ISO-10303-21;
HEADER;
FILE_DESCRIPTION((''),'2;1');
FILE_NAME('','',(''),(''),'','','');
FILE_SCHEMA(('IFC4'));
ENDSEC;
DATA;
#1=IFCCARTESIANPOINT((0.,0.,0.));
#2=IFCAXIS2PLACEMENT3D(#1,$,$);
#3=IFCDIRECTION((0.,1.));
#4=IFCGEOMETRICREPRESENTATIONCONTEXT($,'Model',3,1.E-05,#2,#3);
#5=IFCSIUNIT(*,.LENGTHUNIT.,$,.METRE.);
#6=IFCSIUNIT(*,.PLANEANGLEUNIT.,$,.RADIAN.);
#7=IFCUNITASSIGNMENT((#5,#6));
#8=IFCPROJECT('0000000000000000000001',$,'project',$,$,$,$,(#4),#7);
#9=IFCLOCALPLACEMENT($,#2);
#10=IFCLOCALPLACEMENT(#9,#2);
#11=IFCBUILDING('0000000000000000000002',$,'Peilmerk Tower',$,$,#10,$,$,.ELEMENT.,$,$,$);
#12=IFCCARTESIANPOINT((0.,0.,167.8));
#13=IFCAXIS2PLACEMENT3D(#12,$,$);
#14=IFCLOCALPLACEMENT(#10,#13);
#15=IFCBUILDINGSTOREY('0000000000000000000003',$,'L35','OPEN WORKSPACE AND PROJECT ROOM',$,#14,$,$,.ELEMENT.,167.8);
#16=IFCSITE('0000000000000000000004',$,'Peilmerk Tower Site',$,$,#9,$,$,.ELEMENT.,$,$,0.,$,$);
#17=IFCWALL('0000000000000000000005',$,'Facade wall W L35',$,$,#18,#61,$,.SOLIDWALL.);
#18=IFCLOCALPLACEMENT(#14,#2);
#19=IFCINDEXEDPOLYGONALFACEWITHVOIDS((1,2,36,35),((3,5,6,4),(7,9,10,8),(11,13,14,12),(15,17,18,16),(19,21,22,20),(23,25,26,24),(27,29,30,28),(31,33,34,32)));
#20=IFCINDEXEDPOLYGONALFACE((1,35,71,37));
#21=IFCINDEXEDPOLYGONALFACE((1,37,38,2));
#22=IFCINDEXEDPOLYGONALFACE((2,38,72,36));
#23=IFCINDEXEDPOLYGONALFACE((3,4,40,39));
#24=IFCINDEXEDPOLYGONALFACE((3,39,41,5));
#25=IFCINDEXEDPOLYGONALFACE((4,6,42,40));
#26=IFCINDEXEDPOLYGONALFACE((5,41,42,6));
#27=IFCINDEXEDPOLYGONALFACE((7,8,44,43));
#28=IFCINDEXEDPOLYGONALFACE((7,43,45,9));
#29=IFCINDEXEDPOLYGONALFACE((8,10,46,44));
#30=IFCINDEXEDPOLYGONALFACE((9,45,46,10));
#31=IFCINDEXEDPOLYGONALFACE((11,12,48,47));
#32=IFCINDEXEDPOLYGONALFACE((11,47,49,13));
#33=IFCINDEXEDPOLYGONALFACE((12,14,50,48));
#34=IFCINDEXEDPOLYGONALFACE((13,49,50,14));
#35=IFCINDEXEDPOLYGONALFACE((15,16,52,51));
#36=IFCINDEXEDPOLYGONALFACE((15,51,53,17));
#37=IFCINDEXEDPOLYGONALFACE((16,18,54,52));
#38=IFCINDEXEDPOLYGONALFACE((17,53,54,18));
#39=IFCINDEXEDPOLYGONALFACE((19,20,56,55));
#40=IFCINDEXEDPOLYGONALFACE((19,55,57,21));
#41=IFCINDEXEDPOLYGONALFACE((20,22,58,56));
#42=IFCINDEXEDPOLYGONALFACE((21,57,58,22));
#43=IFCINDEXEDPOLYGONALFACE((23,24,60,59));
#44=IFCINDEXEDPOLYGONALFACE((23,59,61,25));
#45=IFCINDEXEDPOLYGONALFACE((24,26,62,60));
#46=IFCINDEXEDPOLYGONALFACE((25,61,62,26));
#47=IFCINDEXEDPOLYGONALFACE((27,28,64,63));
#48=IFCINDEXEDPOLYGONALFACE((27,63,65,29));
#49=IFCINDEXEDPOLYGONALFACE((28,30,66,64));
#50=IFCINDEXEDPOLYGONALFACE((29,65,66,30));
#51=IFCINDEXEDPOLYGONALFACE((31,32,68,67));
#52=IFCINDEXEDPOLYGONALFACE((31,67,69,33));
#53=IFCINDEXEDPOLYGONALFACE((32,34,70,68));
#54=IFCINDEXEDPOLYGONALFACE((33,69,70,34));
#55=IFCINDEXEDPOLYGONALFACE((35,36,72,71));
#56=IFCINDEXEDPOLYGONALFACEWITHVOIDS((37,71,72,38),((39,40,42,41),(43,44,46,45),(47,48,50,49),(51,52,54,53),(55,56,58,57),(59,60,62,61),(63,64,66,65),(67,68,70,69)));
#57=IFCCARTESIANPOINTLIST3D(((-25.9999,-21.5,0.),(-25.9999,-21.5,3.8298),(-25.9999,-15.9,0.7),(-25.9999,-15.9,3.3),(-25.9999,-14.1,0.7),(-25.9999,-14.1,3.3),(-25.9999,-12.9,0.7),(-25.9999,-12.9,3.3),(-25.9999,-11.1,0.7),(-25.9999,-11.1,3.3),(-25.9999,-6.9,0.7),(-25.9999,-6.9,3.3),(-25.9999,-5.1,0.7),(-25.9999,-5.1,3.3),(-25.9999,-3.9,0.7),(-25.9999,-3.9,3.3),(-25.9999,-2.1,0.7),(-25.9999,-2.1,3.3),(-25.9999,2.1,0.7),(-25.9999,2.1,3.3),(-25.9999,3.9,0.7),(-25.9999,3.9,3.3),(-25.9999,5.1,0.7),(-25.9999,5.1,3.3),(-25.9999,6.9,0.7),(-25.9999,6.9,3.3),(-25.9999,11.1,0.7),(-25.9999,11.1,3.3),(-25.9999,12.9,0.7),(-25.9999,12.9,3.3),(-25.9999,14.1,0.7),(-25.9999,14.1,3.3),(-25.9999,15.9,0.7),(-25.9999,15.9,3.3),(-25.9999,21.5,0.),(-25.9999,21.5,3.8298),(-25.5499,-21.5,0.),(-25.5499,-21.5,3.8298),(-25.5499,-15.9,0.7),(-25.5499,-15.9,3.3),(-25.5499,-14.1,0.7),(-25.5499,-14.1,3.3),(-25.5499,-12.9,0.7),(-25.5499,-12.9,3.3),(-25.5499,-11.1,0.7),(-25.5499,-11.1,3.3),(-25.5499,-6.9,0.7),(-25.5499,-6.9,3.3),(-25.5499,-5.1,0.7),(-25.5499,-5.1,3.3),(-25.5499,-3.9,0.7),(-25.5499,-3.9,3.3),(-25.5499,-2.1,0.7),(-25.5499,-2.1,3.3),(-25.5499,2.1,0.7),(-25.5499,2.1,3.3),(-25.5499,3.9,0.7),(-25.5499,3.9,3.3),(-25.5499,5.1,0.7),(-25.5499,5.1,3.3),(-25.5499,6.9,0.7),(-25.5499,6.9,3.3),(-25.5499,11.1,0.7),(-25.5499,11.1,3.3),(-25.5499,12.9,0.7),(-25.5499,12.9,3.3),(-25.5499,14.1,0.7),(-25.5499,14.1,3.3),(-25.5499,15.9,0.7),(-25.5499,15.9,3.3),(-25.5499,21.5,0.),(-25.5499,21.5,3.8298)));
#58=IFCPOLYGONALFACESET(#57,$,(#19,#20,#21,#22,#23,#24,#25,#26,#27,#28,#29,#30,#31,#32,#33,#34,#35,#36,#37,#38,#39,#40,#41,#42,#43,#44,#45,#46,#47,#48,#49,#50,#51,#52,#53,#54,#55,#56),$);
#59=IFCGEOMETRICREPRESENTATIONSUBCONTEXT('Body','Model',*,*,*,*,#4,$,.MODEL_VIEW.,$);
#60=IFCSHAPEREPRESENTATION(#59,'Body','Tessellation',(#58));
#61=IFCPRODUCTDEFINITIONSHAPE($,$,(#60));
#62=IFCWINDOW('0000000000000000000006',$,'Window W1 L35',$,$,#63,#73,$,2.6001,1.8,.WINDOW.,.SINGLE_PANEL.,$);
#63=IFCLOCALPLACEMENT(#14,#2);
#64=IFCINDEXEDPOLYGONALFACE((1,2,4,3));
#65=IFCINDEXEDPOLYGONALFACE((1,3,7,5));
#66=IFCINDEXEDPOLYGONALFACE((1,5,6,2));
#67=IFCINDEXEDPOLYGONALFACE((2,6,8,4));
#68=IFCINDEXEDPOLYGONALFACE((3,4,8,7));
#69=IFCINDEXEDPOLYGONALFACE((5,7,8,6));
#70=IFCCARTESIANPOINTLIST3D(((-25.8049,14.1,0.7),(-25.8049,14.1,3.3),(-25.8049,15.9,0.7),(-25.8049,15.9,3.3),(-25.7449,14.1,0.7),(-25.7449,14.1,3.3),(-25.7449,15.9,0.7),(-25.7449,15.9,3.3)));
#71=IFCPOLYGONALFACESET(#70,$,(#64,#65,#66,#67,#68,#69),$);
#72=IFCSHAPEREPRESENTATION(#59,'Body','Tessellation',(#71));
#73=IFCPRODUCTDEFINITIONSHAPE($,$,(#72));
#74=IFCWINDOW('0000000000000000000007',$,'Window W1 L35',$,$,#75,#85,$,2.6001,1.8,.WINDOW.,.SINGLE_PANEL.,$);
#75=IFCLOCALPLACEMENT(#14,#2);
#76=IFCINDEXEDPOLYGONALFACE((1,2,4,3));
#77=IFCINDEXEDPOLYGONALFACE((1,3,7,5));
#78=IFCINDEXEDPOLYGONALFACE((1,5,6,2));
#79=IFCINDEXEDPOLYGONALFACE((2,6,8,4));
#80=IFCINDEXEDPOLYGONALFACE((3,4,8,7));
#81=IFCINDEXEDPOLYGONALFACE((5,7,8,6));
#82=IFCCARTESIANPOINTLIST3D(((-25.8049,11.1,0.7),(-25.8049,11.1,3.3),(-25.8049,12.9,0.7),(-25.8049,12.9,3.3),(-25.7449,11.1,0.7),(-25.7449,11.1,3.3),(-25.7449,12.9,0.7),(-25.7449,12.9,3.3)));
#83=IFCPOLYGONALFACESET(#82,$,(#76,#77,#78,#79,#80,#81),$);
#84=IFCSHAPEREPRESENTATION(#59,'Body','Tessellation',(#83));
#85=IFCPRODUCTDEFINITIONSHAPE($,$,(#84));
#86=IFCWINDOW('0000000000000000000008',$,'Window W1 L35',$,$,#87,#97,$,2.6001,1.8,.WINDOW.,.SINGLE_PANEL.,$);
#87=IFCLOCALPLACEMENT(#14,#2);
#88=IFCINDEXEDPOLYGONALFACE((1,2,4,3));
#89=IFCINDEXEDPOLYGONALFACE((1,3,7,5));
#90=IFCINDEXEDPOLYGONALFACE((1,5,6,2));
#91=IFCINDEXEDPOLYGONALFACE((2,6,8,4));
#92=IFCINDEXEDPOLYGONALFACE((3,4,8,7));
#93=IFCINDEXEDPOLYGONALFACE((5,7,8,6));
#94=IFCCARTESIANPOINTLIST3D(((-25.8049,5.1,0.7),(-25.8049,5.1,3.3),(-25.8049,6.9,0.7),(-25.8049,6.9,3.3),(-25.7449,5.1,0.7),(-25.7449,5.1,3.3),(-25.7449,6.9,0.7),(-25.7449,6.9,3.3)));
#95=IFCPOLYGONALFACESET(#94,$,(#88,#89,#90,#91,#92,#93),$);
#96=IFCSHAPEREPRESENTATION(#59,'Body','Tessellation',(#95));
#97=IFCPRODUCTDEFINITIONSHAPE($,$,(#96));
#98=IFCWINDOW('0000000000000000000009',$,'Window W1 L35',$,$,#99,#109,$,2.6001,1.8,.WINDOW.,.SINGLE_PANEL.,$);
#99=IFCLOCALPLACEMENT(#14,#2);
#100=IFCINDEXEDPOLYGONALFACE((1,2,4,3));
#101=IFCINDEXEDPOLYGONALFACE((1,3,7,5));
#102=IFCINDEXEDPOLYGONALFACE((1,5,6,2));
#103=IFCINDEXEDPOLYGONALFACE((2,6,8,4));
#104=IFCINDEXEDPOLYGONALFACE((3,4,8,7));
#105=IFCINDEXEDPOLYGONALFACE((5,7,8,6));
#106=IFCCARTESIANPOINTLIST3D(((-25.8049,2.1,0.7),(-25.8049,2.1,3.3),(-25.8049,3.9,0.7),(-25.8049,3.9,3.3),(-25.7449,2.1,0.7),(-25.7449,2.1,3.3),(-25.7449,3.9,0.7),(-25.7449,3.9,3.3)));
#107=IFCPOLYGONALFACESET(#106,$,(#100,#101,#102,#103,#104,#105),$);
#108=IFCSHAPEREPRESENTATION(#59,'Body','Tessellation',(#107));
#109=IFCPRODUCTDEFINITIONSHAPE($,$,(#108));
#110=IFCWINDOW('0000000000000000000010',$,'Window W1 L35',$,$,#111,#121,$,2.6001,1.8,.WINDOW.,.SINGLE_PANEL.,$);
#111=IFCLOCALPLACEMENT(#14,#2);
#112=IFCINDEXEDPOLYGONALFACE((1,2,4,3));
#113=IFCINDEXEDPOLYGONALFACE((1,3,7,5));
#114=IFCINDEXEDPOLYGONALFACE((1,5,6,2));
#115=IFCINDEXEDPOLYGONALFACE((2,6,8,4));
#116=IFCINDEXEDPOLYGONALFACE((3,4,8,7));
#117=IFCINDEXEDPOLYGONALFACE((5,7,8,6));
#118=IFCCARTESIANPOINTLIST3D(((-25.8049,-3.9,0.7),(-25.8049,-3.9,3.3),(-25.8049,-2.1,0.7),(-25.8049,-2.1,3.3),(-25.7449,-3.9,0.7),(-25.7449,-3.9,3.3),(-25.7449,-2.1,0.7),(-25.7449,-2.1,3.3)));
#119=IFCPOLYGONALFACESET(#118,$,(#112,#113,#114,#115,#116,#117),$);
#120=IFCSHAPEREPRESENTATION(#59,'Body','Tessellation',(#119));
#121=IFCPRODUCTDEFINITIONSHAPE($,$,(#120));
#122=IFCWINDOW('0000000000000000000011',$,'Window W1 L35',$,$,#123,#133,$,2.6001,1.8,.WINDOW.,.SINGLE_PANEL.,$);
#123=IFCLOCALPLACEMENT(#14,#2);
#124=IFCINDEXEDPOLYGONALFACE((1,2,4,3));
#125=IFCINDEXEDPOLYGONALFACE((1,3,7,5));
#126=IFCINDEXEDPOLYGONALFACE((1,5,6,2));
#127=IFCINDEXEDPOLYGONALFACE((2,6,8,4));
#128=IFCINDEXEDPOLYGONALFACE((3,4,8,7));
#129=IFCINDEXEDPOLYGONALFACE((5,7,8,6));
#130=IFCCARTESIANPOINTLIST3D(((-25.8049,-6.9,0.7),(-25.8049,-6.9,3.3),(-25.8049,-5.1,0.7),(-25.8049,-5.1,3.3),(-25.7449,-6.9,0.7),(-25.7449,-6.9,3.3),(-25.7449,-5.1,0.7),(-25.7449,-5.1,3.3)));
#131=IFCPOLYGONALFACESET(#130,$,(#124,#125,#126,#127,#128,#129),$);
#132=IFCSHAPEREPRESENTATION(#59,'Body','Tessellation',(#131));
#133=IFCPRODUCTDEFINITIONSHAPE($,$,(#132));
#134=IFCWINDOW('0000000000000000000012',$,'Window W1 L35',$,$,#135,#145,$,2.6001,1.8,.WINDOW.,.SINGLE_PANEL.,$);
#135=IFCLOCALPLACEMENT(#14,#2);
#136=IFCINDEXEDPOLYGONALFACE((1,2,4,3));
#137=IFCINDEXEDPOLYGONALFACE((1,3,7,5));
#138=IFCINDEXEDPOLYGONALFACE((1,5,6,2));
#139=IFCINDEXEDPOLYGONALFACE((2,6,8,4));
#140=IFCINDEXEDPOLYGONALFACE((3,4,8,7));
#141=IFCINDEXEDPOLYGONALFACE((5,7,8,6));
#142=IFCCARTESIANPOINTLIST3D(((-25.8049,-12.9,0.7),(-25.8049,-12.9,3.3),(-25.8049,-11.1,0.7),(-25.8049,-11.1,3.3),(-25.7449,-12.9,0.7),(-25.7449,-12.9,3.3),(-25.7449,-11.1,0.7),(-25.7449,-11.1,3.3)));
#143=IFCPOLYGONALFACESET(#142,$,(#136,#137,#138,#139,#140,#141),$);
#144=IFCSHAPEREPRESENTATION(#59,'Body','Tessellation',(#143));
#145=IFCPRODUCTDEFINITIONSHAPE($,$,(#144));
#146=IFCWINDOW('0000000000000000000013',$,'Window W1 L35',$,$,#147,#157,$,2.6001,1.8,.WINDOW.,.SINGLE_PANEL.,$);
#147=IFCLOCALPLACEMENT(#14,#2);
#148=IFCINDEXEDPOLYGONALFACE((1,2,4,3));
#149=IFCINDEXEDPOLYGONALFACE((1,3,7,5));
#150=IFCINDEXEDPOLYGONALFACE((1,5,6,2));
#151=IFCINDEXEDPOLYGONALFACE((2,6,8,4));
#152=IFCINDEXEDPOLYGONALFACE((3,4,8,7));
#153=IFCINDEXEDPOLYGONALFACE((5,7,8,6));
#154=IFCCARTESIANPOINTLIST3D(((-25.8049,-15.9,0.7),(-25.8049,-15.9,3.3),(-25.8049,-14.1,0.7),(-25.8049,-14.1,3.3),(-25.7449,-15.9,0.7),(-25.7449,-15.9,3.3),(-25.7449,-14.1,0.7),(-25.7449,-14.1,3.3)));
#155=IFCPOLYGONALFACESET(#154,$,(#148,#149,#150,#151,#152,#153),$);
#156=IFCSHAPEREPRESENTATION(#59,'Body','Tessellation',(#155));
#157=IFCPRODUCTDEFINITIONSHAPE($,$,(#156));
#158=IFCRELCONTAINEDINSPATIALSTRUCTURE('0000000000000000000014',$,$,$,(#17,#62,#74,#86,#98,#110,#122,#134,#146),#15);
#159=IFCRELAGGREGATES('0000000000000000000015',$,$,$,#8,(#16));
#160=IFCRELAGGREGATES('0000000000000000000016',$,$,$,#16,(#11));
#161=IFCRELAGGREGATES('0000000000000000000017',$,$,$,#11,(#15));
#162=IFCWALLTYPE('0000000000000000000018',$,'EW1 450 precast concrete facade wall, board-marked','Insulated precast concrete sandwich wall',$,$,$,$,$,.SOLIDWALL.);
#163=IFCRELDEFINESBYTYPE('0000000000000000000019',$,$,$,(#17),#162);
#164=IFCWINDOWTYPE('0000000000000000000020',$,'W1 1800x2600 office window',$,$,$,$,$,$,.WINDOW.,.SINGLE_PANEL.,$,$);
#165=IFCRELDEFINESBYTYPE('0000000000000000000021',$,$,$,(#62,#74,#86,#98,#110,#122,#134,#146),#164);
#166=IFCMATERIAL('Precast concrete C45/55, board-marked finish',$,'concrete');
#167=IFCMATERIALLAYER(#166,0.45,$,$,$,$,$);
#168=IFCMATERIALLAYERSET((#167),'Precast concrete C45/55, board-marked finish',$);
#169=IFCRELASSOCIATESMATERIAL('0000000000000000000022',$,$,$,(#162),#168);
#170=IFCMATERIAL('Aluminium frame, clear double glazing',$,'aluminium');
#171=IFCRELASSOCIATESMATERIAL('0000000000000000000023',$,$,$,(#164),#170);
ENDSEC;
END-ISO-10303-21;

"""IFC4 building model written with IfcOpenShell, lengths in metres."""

from ifc_helpers import new_model, si_unit, direction, frame, frame_2d, origin, place, context, subcontext, project, spatial, rectangle, extrude, material, layer, layer_set, type_object, element, fill, save


model = new_model("IFC4")

# Units and contexts
model_context = context("Model", 3, precision=1e-05, world=origin(), true_north=direction((0.0, 1.0)))
body_context = subcontext(model_context, "Body", "Model", "MODEL_VIEW")
ifc_project = project(units=[si_unit("LENGTHUNIT", "METRE"), si_unit("PLANEANGLEUNIT", "RADIAN")], contexts=[model_context])

# Site, building, storey
site_placement = place(None, origin())
site = spatial("IfcSite", under=ifc_project, at=site_placement, Name="Peilmerk Tower Site", CompositionType="ELEMENT", RefElevation=0.0)
building_placement = place(site_placement, origin())
building = spatial("IfcBuilding", under=site, at=building_placement, Name="Peilmerk Tower", CompositionType="ELEMENT")
storey_placement = place(building_placement, frame((0.0, 0.0, 167.8)))
storey = spatial("IfcBuildingStorey", under=building, at=storey_placement, Name="L35", Description="OPEN WORKSPACE AND PROJECT ROOM", CompositionType="ELEMENT", Elevation=167.8)

# Wall, openings, windows
ifc_material_1 = material(Name="Precast concrete C45/55, board-marked finish", Category="concrete")
ifc_layer_1 = layer(ifc_material_1, 0.45)
ifc_layer_set_1 = layer_set([ifc_layer_1], Name="Precast concrete C45/55, board-marked finish")
wall_type = type_object("IfcWallType", Name="EW1 450 precast concrete facade wall, board-marked", Description="Insulated precast concrete sandwich wall", PredefinedType="SOLIDWALL", material=ifc_layer_set_1)
wall_1_placement = place(storey_placement, frame((-25.7749, 21.5, 0.0), z_axis=(0.0, 0.0, 1.0), x_axis=(0.0, -1.0, 0.0)))
wall_1 = element("IfcWall", 1, at=wall_1_placement, inside=storey, type_object=wall_type, Name="Facade wall W L35", PredefinedType="SOLIDWALL", context=body_context, shape_type="SweptSolid", body=[
    extrude(rectangle(XDim=43.0, YDim=0.45, at=frame_2d((21.5, 0.0))), origin(), (0.0, 0.0, 1.0), 3.8298),
])
opening_1_placement = place(wall_1_placement, frame((5.6001, 0.0, 0.7)))
opening_1 = element("IfcOpeningElement", 2, at=opening_1_placement, cuts=wall_1, PredefinedType="OPENING", context=body_context, shape_type="SweptSolid", body=[
    extrude(rectangle(XDim=1.8, YDim=2.6001, at=frame_2d((0.8999, 1.3))), frame((0.0, 0.2349, 0.0), z_axis=(0.0, -1.0, 0.0), x_axis=(1.0, 0.0, 0.0)), (0.0, 0.0, 1.0), 0.47),
])
opening_2_placement = place(wall_1_placement, frame((8.6001, 0.0, 0.7)))
opening_2 = element("IfcOpeningElement", 3, at=opening_2_placement, cuts=wall_1, PredefinedType="OPENING", context=body_context, shape_type="SweptSolid", body=[
    extrude(rectangle(XDim=1.8, YDim=2.6001, at=frame_2d((0.8999, 1.3))), frame((0.0, 0.2349, 0.0), z_axis=(0.0, -1.0, 0.0), x_axis=(1.0, 0.0, 0.0)), (0.0, 0.0, 1.0), 0.47),
])
opening_3_placement = place(wall_1_placement, frame((14.6001, 0.0, 0.7)))
opening_3 = element("IfcOpeningElement", 4, at=opening_3_placement, cuts=wall_1, PredefinedType="OPENING", context=body_context, shape_type="SweptSolid", body=[
    extrude(rectangle(XDim=1.8, YDim=2.6001, at=frame_2d((0.8999, 1.3))), frame((0.0, 0.2349, 0.0), z_axis=(0.0, -1.0, 0.0), x_axis=(1.0, 0.0, 0.0)), (0.0, 0.0, 1.0), 0.47),
])
opening_4_placement = place(wall_1_placement, frame((17.6001, 0.0, 0.7)))
opening_4 = element("IfcOpeningElement", 5, at=opening_4_placement, cuts=wall_1, PredefinedType="OPENING", context=body_context, shape_type="SweptSolid", body=[
    extrude(rectangle(XDim=1.8, YDim=2.6001, at=frame_2d((0.8999, 1.3))), frame((0.0, 0.2349, 0.0), z_axis=(0.0, -1.0, 0.0), x_axis=(1.0, 0.0, 0.0)), (0.0, 0.0, 1.0), 0.47),
])
opening_5_placement = place(wall_1_placement, frame((23.6001, 0.0, 0.7)))
opening_5 = element("IfcOpeningElement", 6, at=opening_5_placement, cuts=wall_1, PredefinedType="OPENING", context=body_context, shape_type="SweptSolid", body=[
    extrude(rectangle(XDim=1.8, YDim=2.6001, at=frame_2d((0.8999, 1.3))), frame((0.0, 0.2349, 0.0), z_axis=(0.0, -1.0, 0.0), x_axis=(1.0, 0.0, 0.0)), (0.0, 0.0, 1.0), 0.47),
])
opening_6_placement = place(wall_1_placement, frame((26.6001, 0.0, 0.7)))
opening_6 = element("IfcOpeningElement", 7, at=opening_6_placement, cuts=wall_1, PredefinedType="OPENING", context=body_context, shape_type="SweptSolid", body=[
    extrude(rectangle(XDim=1.8, YDim=2.6001, at=frame_2d((0.8999, 1.3))), frame((0.0, 0.2349, 0.0), z_axis=(0.0, -1.0, 0.0), x_axis=(1.0, 0.0, 0.0)), (0.0, 0.0, 1.0), 0.47),
])
opening_7_placement = place(wall_1_placement, frame((32.6001, 0.0, 0.7)))
opening_7 = element("IfcOpeningElement", 8, at=opening_7_placement, cuts=wall_1, PredefinedType="OPENING", context=body_context, shape_type="SweptSolid", body=[
    extrude(rectangle(XDim=1.8, YDim=2.6001, at=frame_2d((0.8999, 1.3))), frame((0.0, 0.2349, 0.0), z_axis=(0.0, -1.0, 0.0), x_axis=(1.0, 0.0, 0.0)), (0.0, 0.0, 1.0), 0.47),
])
opening_8_placement = place(wall_1_placement, frame((35.6001, 0.0, 0.7)))
opening_8 = element("IfcOpeningElement", 9, at=opening_8_placement, cuts=wall_1, PredefinedType="OPENING", context=body_context, shape_type="SweptSolid", body=[
    extrude(rectangle(XDim=1.8, YDim=2.6001, at=frame_2d((0.8999, 1.3))), frame((0.0, 0.2349, 0.0), z_axis=(0.0, -1.0, 0.0), x_axis=(1.0, 0.0, 0.0)), (0.0, 0.0, 1.0), 0.47),
])
ifc_material_2 = material(Name="Aluminium frame, clear double glazing", Category="aluminium")
window_type = type_object("IfcWindowType", Name="W1 1800x2600 office window", PartitioningType="SINGLE_PANEL", PredefinedType="WINDOW", material=ifc_material_2)
window_1_placement = place(opening_1_placement, origin())
window_1 = element("IfcWindow", 10, at=window_1_placement, inside=storey, type_object=window_type, Name="Window W1 L35", OverallHeight=2.6001, OverallWidth=1.8, PartitioningType="SINGLE_PANEL", PredefinedType="WINDOW", context=body_context, shape_type="SweptSolid", body=[
    extrude(rectangle(XDim=1.8, YDim=2.6001, at=frame_2d((0.8999, 1.3))), frame((0.0, 0.03, 0.0), z_axis=(0.0, -1.0, 0.0), x_axis=(1.0, 0.0, 0.0)), (0.0, 0.0, 1.0), 0.0601),
])
fill(opening_1, window_1)
window_2_placement = place(opening_2_placement, origin())
window_2 = element("IfcWindow", 11, at=window_2_placement, inside=storey, type_object=window_type, Name="Window W1 L35", OverallHeight=2.6001, OverallWidth=1.8, PartitioningType="SINGLE_PANEL", PredefinedType="WINDOW", context=body_context, shape_type="SweptSolid", body=[
    extrude(rectangle(XDim=1.8, YDim=2.6001, at=frame_2d((0.8999, 1.3))), frame((0.0, 0.03, 0.0), z_axis=(0.0, -1.0, 0.0), x_axis=(1.0, 0.0, 0.0)), (0.0, 0.0, 1.0), 0.0601),
])
fill(opening_2, window_2)
window_3_placement = place(opening_3_placement, origin())
window_3 = element("IfcWindow", 12, at=window_3_placement, inside=storey, type_object=window_type, Name="Window W1 L35", OverallHeight=2.6001, OverallWidth=1.8, PartitioningType="SINGLE_PANEL", PredefinedType="WINDOW", context=body_context, shape_type="SweptSolid", body=[
    extrude(rectangle(XDim=1.8, YDim=2.6001, at=frame_2d((0.8999, 1.3))), frame((0.0, 0.03, 0.0), z_axis=(0.0, -1.0, 0.0), x_axis=(1.0, 0.0, 0.0)), (0.0, 0.0, 1.0), 0.0601),
])
fill(opening_3, window_3)
window_4_placement = place(opening_4_placement, origin())
window_4 = element("IfcWindow", 13, at=window_4_placement, inside=storey, type_object=window_type, Name="Window W1 L35", OverallHeight=2.6001, OverallWidth=1.8, PartitioningType="SINGLE_PANEL", PredefinedType="WINDOW", context=body_context, shape_type="SweptSolid", body=[
    extrude(rectangle(XDim=1.8, YDim=2.6001, at=frame_2d((0.8999, 1.3))), frame((0.0, 0.03, 0.0), z_axis=(0.0, -1.0, 0.0), x_axis=(1.0, 0.0, 0.0)), (0.0, 0.0, 1.0), 0.0601),
])
fill(opening_4, window_4)
window_5_placement = place(opening_5_placement, origin())
window_5 = element("IfcWindow", 14, at=window_5_placement, inside=storey, type_object=window_type, Name="Window W1 L35", OverallHeight=2.6001, OverallWidth=1.8, PartitioningType="SINGLE_PANEL", PredefinedType="WINDOW", context=body_context, shape_type="SweptSolid", body=[
    extrude(rectangle(XDim=1.8, YDim=2.6001, at=frame_2d((0.8999, 1.3))), frame((0.0, 0.03, 0.0), z_axis=(0.0, -1.0, 0.0), x_axis=(1.0, 0.0, 0.0)), (0.0, 0.0, 1.0), 0.0601),
])
fill(opening_5, window_5)
window_6_placement = place(opening_6_placement, origin())
window_6 = element("IfcWindow", 15, at=window_6_placement, inside=storey, type_object=window_type, Name="Window W1 L35", OverallHeight=2.6001, OverallWidth=1.8, PartitioningType="SINGLE_PANEL", PredefinedType="WINDOW", context=body_context, shape_type="SweptSolid", body=[
    extrude(rectangle(XDim=1.8, YDim=2.6001, at=frame_2d((0.8999, 1.3))), frame((0.0, 0.03, 0.0), z_axis=(0.0, -1.0, 0.0), x_axis=(1.0, 0.0, 0.0)), (0.0, 0.0, 1.0), 0.0601),
])
fill(opening_6, window_6)
window_7_placement = place(opening_7_placement, origin())
window_7 = element("IfcWindow", 16, at=window_7_placement, inside=storey, type_object=window_type, Name="Window W1 L35", OverallHeight=2.6001, OverallWidth=1.8, PartitioningType="SINGLE_PANEL", PredefinedType="WINDOW", context=body_context, shape_type="SweptSolid", body=[
    extrude(rectangle(XDim=1.8, YDim=2.6001, at=frame_2d((0.8999, 1.3))), frame((0.0, 0.03, 0.0), z_axis=(0.0, -1.0, 0.0), x_axis=(1.0, 0.0, 0.0)), (0.0, 0.0, 1.0), 0.0601),
])
fill(opening_7, window_7)
window_8_placement = place(opening_8_placement, origin())
window_8 = element("IfcWindow", 17, at=window_8_placement, inside=storey, type_object=window_type, Name="Window W1 L35", OverallHeight=2.6001, OverallWidth=1.8, PartitioningType="SINGLE_PANEL", PredefinedType="WINDOW", context=body_context, shape_type="SweptSolid", body=[
    extrude(rectangle(XDim=1.8, YDim=2.6001, at=frame_2d((0.8999, 1.3))), frame((0.0, 0.03, 0.0), z_axis=(0.0, -1.0, 0.0), x_axis=(1.0, 0.0, 0.0)), (0.0, 0.0, 1.0), 0.0601),
])
fill(opening_8, window_8)

save(model, "model.ifc")
